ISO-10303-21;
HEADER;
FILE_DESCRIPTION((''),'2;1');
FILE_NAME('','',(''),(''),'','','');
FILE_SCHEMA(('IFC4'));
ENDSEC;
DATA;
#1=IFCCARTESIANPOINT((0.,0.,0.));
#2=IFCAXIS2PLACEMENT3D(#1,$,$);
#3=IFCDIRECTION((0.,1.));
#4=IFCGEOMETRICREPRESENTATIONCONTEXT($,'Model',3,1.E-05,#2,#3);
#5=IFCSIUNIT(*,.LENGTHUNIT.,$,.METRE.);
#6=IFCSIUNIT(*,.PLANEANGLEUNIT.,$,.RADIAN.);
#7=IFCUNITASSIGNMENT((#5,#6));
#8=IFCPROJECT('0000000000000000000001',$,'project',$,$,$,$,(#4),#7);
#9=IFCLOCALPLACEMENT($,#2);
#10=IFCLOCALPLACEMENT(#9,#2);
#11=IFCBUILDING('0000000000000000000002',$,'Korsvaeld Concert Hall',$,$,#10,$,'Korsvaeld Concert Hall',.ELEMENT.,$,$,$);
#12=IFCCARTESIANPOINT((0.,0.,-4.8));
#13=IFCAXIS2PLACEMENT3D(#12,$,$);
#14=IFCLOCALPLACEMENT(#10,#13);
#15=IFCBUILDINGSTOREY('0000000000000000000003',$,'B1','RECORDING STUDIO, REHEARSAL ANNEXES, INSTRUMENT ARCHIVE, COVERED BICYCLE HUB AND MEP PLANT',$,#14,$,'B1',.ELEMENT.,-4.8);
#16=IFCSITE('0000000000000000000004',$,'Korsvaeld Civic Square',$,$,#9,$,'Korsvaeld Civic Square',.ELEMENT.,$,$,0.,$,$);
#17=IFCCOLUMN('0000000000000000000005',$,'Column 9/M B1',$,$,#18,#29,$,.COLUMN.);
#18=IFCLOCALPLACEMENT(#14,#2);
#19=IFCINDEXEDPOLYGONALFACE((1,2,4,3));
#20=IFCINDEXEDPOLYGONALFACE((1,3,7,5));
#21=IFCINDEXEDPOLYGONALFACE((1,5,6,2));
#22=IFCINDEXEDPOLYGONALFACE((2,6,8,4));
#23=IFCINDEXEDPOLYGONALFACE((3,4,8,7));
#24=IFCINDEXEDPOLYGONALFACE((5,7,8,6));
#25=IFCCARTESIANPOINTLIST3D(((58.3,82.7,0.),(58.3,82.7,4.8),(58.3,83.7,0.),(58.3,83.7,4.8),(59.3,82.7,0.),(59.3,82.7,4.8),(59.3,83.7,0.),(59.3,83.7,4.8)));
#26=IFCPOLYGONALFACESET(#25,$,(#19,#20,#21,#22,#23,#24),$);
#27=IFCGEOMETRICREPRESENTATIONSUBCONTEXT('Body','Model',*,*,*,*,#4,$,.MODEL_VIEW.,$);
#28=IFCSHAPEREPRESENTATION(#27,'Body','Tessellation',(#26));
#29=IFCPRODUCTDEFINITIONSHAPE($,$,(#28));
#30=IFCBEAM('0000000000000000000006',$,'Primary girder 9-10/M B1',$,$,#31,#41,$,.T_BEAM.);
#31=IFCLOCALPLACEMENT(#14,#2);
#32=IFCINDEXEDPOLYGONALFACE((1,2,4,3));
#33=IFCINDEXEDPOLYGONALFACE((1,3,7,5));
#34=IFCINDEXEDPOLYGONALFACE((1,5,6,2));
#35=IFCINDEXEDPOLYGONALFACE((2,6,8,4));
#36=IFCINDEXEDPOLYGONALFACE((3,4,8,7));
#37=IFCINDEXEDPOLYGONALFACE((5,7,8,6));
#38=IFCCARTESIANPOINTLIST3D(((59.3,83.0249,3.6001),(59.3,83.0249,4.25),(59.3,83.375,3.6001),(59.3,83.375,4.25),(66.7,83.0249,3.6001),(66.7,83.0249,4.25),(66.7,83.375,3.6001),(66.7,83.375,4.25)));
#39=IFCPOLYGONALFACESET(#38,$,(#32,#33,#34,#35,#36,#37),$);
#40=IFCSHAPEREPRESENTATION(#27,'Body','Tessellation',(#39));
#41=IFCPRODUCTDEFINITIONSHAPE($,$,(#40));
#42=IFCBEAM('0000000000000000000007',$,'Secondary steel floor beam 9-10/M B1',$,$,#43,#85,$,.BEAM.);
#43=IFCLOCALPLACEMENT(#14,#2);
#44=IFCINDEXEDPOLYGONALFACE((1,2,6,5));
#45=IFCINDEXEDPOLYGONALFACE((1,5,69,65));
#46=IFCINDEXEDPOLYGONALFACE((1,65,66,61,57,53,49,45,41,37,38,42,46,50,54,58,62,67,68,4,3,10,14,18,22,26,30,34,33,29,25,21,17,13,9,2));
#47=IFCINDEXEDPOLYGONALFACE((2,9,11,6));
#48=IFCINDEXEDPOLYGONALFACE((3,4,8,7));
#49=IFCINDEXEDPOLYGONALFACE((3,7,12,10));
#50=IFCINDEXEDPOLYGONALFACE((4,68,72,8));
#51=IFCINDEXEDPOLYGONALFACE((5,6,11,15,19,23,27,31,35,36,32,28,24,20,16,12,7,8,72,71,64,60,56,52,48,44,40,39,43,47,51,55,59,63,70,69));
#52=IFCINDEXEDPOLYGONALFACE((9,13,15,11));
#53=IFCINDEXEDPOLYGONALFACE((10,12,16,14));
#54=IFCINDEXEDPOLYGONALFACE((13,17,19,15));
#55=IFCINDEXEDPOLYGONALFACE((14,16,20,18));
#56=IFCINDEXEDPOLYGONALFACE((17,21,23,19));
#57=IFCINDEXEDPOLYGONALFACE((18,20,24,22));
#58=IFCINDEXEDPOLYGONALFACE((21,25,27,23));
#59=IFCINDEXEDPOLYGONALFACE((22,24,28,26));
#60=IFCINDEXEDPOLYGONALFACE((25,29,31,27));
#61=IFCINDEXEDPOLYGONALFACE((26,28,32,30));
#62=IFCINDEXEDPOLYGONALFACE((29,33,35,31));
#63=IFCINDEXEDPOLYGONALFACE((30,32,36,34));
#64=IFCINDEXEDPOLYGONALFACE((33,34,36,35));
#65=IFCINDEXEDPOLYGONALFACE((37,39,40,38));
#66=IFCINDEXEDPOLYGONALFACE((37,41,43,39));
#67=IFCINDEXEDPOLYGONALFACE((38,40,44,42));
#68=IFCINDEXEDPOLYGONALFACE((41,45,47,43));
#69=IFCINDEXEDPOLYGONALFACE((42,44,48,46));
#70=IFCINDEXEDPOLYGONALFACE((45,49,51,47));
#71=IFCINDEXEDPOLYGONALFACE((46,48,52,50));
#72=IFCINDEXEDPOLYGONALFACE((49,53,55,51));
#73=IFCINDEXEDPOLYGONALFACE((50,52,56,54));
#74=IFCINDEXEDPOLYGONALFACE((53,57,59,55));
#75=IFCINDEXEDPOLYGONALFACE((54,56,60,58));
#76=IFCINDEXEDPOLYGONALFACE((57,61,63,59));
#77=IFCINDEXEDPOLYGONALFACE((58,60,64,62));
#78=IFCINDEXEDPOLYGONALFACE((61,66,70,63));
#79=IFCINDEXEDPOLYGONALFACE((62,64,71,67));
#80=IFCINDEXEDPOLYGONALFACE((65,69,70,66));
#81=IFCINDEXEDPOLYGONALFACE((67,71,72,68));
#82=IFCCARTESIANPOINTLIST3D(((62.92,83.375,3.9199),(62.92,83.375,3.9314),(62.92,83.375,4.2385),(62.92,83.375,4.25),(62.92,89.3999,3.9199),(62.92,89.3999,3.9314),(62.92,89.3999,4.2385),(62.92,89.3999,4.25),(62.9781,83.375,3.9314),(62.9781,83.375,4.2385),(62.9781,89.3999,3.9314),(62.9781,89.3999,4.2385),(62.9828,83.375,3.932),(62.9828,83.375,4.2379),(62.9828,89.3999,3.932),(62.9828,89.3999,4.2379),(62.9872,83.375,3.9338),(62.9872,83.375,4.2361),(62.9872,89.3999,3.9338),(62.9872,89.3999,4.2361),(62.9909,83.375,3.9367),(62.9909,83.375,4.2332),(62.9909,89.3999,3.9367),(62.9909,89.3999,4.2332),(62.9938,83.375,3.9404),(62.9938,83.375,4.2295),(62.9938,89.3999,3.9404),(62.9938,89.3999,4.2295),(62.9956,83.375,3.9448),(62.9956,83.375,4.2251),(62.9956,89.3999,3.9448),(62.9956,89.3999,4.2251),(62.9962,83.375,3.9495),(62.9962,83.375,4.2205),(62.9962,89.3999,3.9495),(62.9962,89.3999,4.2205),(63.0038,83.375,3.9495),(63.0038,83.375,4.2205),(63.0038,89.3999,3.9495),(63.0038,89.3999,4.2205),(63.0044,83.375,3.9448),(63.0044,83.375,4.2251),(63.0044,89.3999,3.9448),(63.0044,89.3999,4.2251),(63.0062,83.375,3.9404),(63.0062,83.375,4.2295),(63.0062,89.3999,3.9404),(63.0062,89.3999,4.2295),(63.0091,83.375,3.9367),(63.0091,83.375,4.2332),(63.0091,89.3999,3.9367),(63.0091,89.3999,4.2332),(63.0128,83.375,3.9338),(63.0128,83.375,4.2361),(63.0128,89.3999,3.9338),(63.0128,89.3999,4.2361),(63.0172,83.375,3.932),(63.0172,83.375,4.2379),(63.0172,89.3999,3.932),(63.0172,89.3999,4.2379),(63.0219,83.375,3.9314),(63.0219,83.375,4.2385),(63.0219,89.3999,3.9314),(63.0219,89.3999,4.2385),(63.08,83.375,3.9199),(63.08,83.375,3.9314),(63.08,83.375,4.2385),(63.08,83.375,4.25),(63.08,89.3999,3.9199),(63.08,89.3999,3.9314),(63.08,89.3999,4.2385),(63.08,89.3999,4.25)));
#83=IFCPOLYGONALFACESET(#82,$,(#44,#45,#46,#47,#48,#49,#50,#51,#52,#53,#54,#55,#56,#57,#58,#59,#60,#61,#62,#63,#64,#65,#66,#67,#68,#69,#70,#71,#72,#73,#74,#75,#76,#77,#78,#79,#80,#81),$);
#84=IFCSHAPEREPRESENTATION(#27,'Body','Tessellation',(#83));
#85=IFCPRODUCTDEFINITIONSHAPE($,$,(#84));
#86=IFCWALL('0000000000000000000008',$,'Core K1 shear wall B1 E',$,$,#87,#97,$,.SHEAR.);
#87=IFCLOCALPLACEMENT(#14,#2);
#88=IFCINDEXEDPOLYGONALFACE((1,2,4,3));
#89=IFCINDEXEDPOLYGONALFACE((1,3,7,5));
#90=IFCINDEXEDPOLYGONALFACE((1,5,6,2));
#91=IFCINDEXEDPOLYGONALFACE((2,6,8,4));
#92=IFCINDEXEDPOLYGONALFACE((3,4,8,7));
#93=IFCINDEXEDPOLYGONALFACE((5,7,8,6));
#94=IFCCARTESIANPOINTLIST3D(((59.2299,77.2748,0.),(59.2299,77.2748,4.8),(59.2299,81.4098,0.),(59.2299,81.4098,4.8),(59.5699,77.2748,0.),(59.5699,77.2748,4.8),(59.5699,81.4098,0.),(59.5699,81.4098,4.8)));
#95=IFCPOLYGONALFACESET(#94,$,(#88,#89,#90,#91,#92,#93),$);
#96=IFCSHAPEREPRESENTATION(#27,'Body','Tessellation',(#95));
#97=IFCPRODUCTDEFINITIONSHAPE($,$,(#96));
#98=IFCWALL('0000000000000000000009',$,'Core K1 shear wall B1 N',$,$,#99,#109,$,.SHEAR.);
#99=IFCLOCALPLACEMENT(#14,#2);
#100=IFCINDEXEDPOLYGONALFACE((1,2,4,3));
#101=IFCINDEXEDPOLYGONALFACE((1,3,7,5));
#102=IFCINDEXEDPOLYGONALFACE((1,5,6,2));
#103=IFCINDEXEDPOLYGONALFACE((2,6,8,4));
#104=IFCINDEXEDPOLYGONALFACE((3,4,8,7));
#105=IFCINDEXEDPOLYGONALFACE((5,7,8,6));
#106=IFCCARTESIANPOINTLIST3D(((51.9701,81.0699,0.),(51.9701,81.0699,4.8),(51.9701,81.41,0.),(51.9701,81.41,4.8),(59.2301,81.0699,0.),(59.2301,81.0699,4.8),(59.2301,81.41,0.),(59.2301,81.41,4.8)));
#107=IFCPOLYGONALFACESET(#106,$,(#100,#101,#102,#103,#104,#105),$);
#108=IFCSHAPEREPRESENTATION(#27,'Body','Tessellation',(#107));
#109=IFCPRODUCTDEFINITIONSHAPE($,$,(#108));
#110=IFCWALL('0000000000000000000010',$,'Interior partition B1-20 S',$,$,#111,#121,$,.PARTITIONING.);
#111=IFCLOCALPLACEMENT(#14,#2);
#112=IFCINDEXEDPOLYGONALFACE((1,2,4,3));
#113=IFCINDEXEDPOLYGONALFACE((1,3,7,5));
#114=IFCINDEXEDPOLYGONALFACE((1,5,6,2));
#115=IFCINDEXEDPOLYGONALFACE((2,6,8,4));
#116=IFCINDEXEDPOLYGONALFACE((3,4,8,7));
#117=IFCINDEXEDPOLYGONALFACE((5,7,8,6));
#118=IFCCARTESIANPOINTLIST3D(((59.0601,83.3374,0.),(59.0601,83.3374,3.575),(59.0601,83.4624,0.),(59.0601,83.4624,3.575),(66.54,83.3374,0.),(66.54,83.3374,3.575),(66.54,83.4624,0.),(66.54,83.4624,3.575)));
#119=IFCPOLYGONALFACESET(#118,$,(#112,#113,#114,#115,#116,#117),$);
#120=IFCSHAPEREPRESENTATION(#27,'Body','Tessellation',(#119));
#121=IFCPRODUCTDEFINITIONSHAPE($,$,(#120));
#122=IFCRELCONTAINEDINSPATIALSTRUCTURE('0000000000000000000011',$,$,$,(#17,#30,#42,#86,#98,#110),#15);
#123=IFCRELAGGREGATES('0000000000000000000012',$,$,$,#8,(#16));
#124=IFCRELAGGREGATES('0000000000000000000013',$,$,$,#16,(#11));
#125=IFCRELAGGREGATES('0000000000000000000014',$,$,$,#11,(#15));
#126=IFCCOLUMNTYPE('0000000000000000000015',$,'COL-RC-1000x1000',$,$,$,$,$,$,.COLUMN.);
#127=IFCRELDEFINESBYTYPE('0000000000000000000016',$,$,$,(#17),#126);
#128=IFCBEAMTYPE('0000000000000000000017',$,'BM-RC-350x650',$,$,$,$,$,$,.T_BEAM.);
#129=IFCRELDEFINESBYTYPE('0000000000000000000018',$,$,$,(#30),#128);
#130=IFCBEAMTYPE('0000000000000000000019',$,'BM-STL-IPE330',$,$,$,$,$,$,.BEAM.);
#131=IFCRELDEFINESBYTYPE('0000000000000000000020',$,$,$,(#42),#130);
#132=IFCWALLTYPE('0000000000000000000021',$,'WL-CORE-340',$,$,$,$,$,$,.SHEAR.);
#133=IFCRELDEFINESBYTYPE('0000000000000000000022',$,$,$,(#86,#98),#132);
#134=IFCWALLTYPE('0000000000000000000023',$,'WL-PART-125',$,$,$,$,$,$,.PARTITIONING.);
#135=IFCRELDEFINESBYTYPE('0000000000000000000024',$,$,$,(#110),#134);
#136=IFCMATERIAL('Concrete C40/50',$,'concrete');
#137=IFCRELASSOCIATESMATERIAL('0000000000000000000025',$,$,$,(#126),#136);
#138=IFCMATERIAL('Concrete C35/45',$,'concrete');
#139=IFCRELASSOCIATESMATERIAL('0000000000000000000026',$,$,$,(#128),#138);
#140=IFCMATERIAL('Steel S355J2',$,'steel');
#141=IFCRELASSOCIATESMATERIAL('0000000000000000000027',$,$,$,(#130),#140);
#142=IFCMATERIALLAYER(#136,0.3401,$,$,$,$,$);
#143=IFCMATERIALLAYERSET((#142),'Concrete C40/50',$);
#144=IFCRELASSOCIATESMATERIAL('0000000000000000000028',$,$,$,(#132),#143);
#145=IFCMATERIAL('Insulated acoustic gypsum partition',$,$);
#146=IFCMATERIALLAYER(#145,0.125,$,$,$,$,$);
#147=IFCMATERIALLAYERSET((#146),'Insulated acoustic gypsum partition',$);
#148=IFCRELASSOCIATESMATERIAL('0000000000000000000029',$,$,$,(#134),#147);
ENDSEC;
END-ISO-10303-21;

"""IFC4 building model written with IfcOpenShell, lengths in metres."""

from ifc_helpers import new_model, si_unit, direction, frame, frame_2d, origin, origin_2d, place, context, subcontext, project, spatial, rectangle, i_section, extrude, material, layer, layer_set, material_profile, profile_set, type_object, element, save


model = new_model("IFC4")

# Units and contexts
model_context = context("Model", 3, precision=1e-05, world=origin(), true_north=direction((0.0, 1.0)))
body_context = subcontext(model_context, "Body", "Model", "MODEL_VIEW")
ifc_project = project(units=[si_unit("LENGTHUNIT", "METRE"), si_unit("PLANEANGLEUNIT", "RADIAN")], contexts=[model_context])

# Site, building, storey
site_placement = place(None, origin())
site = spatial("IfcSite", under=ifc_project, at=site_placement, Name="Korsvaeld Civic Square", LongName="Korsvaeld Civic Square", CompositionType="ELEMENT", RefElevation=0.0)
building_placement = place(site_placement, origin())
building = spatial("IfcBuilding", under=site, at=building_placement, Name="Korsvaeld Concert Hall", LongName="Korsvaeld Concert Hall", CompositionType="ELEMENT")
storey_placement = place(building_placement, frame((0.0, 0.0, -4.8)))
storey = spatial("IfcBuildingStorey", under=building, at=storey_placement, Name="B1", Description="RECORDING STUDIO, REHEARSAL ANNEXES, INSTRUMENT ARCHIVE, COVERED BICYCLE HUB AND MEP PLANT", LongName="B1", CompositionType="ELEMENT", Elevation=-4.8)

# Shared definitions
ifc_material_1 = material(Name="Concrete C35/45", Category="concrete")

# Shared definitions
ifc_material_2 = material(Name="Concrete C40/50", Category="concrete")

# Column
ifc_material_profile_1 = material_profile(ifc_material_2, rectangle(XDim=1.0, YDim=1.0, at=origin_2d()), Name="RC 1000x1000")
ifc_profile_set_1 = profile_set([ifc_material_profile_1], Name="Concrete C40/50")
column_type_1 = type_object("IfcColumnType", Name="COL-RC-1000x1000", PredefinedType="COLUMN", material=ifc_profile_set_1)
for number, where, z_axis, x_axis, name in (
    (1, (58.8, 83.2, 0.0), (0.0, 0.0, 1.0), (1.0, 0.0, 0.0), "Column 9/M B1"),
):
    element("IfcColumn", number, at=place(storey_placement, frame(where, z_axis=z_axis, x_axis=x_axis)), inside=storey, type_object=column_type_1, Name=name, PredefinedType="COLUMN", context=body_context, shape_type="SweptSolid", body=[
        extrude(rectangle(XDim=1.0, YDim=1.0, at=origin_2d()), origin(), (0.0, 0.0, 1.0), 4.8),
    ])

# Beams
ifc_material_profile_2 = material_profile(ifc_material_1, rectangle(XDim=0.3501, YDim=0.6499, at=origin_2d()), Name="RC 350x650")
ifc_profile_set_2 = profile_set([ifc_material_profile_2], Name="Concrete C35/45")
beam_type_1 = type_object("IfcBeamType", Name="BM-RC-350x650", PredefinedType="T_BEAM", material=ifc_profile_set_2)
beam_1_placement = place(storey_placement, frame((59.3, 83.2, 3.925), z_axis=(1.0, 0.0, 0.0), x_axis=(0.0, 1.0, 0.0)))
element("IfcBeam", 2, at=beam_1_placement, inside=storey, type_object=beam_type_1, Name="Primary girder 9-10/M B1", PredefinedType="T_BEAM", context=body_context, shape_type="SweptSolid", body=[
    extrude(rectangle(XDim=0.3501, YDim=0.6499, at=origin_2d()), origin(), (0.0, 0.0, 1.0), 7.3999),
])
ifc_material_3 = material(Name="Steel S355J2", Category="steel")
ifc_material_profile_3 = material_profile(ifc_material_3, i_section(OverallWidth=0.1599, OverallDepth=0.3301, WebThickness=0.0076, FlangeThickness=0.0115, FilletRadius=0.0181, at=origin_2d()), Name="IPE 330")
ifc_profile_set_3 = profile_set([ifc_material_profile_3], Name="Steel S355J2")
beam_type_2 = type_object("IfcBeamType", Name="BM-STL-IPE330", PredefinedType="BEAM", material=ifc_profile_set_3)
beam_2_placement = place(storey_placement, frame((63.0, 83.375, 4.085), z_axis=(0.0, 1.0, 0.0), x_axis=(-1.0, 0.0, 0.0)))
element("IfcBeam", 3, at=beam_2_placement, inside=storey, type_object=beam_type_2, Name="Secondary steel floor beam 9-10/M B1", PredefinedType="BEAM", context=body_context, shape_type="SweptSolid", body=[
    extrude(i_section(OverallWidth=0.1599, OverallDepth=0.3301, WebThickness=0.0076, FlangeThickness=0.0115, FilletRadius=0.0181, at=origin_2d()), origin(), (0.0, 0.0, 1.0), 6.0249),
])

# Walls
ifc_layer_1 = layer(ifc_material_2, 0.3401)
ifc_layer_set_1 = layer_set([ifc_layer_1], Name="Concrete C40/50")
wall_type_1 = type_object("IfcWallType", Name="WL-CORE-340", PredefinedType="SHEAR", material=ifc_layer_set_1)
wall_1_placement = place(storey_placement, frame((59.3999, 77.2749, 0.0), z_axis=(0.0, 0.0, 1.0), x_axis=(0.0, 1.0, 0.0)))
element("IfcWall", 4, at=wall_1_placement, inside=storey, type_object=wall_type_1, Name="Core K1 shear wall B1 E", PredefinedType="SHEAR", context=body_context, shape_type="SweptSolid", body=[
    extrude(rectangle(XDim=4.135, YDim=0.3401, at=frame_2d((2.0674, 0.0))), origin(), (0.0, 0.0, 1.0), 4.8),
])
wall_2_placement = place(storey_placement, frame((59.23, 81.24, 0.0), z_axis=(0.0, 0.0, 1.0), x_axis=(-1.0, 0.0, 0.0)))
element("IfcWall", 5, at=wall_2_placement, inside=storey, type_object=wall_type_1, Name="Core K1 shear wall B1 N", PredefinedType="SHEAR", context=body_context, shape_type="SweptSolid", body=[
    extrude(rectangle(XDim=7.26, YDim=0.3401, at=frame_2d((3.6299, 0.0))), origin(), (0.0, 0.0, 1.0), 4.8),
])
ifc_material_4 = material(Name="Insulated acoustic gypsum partition")
ifc_layer_2 = layer(ifc_material_4, 0.125)
ifc_layer_set_2 = layer_set([ifc_layer_2], Name="Insulated acoustic gypsum partition")
wall_type_2 = type_object("IfcWallType", Name="WL-PART-125", PredefinedType="PARTITIONING", material=ifc_layer_set_2)
wall_3_placement = place(storey_placement, frame((59.0601, 83.3999, 0.0), z_axis=(0.0, 0.0, 1.0), x_axis=(1.0, 0.0, 0.0)))
element("IfcWall", 6, at=wall_3_placement, inside=storey, type_object=wall_type_2, Name="Interior partition B1-20 S", PredefinedType="PARTITIONING", context=body_context, shape_type="SweptSolid", body=[
    extrude(rectangle(XDim=7.48, YDim=0.125, at=frame_2d((3.74, 0.0))), origin(), (0.0, 0.0, 1.0), 3.575),
])

save(model, "model.ifc")
